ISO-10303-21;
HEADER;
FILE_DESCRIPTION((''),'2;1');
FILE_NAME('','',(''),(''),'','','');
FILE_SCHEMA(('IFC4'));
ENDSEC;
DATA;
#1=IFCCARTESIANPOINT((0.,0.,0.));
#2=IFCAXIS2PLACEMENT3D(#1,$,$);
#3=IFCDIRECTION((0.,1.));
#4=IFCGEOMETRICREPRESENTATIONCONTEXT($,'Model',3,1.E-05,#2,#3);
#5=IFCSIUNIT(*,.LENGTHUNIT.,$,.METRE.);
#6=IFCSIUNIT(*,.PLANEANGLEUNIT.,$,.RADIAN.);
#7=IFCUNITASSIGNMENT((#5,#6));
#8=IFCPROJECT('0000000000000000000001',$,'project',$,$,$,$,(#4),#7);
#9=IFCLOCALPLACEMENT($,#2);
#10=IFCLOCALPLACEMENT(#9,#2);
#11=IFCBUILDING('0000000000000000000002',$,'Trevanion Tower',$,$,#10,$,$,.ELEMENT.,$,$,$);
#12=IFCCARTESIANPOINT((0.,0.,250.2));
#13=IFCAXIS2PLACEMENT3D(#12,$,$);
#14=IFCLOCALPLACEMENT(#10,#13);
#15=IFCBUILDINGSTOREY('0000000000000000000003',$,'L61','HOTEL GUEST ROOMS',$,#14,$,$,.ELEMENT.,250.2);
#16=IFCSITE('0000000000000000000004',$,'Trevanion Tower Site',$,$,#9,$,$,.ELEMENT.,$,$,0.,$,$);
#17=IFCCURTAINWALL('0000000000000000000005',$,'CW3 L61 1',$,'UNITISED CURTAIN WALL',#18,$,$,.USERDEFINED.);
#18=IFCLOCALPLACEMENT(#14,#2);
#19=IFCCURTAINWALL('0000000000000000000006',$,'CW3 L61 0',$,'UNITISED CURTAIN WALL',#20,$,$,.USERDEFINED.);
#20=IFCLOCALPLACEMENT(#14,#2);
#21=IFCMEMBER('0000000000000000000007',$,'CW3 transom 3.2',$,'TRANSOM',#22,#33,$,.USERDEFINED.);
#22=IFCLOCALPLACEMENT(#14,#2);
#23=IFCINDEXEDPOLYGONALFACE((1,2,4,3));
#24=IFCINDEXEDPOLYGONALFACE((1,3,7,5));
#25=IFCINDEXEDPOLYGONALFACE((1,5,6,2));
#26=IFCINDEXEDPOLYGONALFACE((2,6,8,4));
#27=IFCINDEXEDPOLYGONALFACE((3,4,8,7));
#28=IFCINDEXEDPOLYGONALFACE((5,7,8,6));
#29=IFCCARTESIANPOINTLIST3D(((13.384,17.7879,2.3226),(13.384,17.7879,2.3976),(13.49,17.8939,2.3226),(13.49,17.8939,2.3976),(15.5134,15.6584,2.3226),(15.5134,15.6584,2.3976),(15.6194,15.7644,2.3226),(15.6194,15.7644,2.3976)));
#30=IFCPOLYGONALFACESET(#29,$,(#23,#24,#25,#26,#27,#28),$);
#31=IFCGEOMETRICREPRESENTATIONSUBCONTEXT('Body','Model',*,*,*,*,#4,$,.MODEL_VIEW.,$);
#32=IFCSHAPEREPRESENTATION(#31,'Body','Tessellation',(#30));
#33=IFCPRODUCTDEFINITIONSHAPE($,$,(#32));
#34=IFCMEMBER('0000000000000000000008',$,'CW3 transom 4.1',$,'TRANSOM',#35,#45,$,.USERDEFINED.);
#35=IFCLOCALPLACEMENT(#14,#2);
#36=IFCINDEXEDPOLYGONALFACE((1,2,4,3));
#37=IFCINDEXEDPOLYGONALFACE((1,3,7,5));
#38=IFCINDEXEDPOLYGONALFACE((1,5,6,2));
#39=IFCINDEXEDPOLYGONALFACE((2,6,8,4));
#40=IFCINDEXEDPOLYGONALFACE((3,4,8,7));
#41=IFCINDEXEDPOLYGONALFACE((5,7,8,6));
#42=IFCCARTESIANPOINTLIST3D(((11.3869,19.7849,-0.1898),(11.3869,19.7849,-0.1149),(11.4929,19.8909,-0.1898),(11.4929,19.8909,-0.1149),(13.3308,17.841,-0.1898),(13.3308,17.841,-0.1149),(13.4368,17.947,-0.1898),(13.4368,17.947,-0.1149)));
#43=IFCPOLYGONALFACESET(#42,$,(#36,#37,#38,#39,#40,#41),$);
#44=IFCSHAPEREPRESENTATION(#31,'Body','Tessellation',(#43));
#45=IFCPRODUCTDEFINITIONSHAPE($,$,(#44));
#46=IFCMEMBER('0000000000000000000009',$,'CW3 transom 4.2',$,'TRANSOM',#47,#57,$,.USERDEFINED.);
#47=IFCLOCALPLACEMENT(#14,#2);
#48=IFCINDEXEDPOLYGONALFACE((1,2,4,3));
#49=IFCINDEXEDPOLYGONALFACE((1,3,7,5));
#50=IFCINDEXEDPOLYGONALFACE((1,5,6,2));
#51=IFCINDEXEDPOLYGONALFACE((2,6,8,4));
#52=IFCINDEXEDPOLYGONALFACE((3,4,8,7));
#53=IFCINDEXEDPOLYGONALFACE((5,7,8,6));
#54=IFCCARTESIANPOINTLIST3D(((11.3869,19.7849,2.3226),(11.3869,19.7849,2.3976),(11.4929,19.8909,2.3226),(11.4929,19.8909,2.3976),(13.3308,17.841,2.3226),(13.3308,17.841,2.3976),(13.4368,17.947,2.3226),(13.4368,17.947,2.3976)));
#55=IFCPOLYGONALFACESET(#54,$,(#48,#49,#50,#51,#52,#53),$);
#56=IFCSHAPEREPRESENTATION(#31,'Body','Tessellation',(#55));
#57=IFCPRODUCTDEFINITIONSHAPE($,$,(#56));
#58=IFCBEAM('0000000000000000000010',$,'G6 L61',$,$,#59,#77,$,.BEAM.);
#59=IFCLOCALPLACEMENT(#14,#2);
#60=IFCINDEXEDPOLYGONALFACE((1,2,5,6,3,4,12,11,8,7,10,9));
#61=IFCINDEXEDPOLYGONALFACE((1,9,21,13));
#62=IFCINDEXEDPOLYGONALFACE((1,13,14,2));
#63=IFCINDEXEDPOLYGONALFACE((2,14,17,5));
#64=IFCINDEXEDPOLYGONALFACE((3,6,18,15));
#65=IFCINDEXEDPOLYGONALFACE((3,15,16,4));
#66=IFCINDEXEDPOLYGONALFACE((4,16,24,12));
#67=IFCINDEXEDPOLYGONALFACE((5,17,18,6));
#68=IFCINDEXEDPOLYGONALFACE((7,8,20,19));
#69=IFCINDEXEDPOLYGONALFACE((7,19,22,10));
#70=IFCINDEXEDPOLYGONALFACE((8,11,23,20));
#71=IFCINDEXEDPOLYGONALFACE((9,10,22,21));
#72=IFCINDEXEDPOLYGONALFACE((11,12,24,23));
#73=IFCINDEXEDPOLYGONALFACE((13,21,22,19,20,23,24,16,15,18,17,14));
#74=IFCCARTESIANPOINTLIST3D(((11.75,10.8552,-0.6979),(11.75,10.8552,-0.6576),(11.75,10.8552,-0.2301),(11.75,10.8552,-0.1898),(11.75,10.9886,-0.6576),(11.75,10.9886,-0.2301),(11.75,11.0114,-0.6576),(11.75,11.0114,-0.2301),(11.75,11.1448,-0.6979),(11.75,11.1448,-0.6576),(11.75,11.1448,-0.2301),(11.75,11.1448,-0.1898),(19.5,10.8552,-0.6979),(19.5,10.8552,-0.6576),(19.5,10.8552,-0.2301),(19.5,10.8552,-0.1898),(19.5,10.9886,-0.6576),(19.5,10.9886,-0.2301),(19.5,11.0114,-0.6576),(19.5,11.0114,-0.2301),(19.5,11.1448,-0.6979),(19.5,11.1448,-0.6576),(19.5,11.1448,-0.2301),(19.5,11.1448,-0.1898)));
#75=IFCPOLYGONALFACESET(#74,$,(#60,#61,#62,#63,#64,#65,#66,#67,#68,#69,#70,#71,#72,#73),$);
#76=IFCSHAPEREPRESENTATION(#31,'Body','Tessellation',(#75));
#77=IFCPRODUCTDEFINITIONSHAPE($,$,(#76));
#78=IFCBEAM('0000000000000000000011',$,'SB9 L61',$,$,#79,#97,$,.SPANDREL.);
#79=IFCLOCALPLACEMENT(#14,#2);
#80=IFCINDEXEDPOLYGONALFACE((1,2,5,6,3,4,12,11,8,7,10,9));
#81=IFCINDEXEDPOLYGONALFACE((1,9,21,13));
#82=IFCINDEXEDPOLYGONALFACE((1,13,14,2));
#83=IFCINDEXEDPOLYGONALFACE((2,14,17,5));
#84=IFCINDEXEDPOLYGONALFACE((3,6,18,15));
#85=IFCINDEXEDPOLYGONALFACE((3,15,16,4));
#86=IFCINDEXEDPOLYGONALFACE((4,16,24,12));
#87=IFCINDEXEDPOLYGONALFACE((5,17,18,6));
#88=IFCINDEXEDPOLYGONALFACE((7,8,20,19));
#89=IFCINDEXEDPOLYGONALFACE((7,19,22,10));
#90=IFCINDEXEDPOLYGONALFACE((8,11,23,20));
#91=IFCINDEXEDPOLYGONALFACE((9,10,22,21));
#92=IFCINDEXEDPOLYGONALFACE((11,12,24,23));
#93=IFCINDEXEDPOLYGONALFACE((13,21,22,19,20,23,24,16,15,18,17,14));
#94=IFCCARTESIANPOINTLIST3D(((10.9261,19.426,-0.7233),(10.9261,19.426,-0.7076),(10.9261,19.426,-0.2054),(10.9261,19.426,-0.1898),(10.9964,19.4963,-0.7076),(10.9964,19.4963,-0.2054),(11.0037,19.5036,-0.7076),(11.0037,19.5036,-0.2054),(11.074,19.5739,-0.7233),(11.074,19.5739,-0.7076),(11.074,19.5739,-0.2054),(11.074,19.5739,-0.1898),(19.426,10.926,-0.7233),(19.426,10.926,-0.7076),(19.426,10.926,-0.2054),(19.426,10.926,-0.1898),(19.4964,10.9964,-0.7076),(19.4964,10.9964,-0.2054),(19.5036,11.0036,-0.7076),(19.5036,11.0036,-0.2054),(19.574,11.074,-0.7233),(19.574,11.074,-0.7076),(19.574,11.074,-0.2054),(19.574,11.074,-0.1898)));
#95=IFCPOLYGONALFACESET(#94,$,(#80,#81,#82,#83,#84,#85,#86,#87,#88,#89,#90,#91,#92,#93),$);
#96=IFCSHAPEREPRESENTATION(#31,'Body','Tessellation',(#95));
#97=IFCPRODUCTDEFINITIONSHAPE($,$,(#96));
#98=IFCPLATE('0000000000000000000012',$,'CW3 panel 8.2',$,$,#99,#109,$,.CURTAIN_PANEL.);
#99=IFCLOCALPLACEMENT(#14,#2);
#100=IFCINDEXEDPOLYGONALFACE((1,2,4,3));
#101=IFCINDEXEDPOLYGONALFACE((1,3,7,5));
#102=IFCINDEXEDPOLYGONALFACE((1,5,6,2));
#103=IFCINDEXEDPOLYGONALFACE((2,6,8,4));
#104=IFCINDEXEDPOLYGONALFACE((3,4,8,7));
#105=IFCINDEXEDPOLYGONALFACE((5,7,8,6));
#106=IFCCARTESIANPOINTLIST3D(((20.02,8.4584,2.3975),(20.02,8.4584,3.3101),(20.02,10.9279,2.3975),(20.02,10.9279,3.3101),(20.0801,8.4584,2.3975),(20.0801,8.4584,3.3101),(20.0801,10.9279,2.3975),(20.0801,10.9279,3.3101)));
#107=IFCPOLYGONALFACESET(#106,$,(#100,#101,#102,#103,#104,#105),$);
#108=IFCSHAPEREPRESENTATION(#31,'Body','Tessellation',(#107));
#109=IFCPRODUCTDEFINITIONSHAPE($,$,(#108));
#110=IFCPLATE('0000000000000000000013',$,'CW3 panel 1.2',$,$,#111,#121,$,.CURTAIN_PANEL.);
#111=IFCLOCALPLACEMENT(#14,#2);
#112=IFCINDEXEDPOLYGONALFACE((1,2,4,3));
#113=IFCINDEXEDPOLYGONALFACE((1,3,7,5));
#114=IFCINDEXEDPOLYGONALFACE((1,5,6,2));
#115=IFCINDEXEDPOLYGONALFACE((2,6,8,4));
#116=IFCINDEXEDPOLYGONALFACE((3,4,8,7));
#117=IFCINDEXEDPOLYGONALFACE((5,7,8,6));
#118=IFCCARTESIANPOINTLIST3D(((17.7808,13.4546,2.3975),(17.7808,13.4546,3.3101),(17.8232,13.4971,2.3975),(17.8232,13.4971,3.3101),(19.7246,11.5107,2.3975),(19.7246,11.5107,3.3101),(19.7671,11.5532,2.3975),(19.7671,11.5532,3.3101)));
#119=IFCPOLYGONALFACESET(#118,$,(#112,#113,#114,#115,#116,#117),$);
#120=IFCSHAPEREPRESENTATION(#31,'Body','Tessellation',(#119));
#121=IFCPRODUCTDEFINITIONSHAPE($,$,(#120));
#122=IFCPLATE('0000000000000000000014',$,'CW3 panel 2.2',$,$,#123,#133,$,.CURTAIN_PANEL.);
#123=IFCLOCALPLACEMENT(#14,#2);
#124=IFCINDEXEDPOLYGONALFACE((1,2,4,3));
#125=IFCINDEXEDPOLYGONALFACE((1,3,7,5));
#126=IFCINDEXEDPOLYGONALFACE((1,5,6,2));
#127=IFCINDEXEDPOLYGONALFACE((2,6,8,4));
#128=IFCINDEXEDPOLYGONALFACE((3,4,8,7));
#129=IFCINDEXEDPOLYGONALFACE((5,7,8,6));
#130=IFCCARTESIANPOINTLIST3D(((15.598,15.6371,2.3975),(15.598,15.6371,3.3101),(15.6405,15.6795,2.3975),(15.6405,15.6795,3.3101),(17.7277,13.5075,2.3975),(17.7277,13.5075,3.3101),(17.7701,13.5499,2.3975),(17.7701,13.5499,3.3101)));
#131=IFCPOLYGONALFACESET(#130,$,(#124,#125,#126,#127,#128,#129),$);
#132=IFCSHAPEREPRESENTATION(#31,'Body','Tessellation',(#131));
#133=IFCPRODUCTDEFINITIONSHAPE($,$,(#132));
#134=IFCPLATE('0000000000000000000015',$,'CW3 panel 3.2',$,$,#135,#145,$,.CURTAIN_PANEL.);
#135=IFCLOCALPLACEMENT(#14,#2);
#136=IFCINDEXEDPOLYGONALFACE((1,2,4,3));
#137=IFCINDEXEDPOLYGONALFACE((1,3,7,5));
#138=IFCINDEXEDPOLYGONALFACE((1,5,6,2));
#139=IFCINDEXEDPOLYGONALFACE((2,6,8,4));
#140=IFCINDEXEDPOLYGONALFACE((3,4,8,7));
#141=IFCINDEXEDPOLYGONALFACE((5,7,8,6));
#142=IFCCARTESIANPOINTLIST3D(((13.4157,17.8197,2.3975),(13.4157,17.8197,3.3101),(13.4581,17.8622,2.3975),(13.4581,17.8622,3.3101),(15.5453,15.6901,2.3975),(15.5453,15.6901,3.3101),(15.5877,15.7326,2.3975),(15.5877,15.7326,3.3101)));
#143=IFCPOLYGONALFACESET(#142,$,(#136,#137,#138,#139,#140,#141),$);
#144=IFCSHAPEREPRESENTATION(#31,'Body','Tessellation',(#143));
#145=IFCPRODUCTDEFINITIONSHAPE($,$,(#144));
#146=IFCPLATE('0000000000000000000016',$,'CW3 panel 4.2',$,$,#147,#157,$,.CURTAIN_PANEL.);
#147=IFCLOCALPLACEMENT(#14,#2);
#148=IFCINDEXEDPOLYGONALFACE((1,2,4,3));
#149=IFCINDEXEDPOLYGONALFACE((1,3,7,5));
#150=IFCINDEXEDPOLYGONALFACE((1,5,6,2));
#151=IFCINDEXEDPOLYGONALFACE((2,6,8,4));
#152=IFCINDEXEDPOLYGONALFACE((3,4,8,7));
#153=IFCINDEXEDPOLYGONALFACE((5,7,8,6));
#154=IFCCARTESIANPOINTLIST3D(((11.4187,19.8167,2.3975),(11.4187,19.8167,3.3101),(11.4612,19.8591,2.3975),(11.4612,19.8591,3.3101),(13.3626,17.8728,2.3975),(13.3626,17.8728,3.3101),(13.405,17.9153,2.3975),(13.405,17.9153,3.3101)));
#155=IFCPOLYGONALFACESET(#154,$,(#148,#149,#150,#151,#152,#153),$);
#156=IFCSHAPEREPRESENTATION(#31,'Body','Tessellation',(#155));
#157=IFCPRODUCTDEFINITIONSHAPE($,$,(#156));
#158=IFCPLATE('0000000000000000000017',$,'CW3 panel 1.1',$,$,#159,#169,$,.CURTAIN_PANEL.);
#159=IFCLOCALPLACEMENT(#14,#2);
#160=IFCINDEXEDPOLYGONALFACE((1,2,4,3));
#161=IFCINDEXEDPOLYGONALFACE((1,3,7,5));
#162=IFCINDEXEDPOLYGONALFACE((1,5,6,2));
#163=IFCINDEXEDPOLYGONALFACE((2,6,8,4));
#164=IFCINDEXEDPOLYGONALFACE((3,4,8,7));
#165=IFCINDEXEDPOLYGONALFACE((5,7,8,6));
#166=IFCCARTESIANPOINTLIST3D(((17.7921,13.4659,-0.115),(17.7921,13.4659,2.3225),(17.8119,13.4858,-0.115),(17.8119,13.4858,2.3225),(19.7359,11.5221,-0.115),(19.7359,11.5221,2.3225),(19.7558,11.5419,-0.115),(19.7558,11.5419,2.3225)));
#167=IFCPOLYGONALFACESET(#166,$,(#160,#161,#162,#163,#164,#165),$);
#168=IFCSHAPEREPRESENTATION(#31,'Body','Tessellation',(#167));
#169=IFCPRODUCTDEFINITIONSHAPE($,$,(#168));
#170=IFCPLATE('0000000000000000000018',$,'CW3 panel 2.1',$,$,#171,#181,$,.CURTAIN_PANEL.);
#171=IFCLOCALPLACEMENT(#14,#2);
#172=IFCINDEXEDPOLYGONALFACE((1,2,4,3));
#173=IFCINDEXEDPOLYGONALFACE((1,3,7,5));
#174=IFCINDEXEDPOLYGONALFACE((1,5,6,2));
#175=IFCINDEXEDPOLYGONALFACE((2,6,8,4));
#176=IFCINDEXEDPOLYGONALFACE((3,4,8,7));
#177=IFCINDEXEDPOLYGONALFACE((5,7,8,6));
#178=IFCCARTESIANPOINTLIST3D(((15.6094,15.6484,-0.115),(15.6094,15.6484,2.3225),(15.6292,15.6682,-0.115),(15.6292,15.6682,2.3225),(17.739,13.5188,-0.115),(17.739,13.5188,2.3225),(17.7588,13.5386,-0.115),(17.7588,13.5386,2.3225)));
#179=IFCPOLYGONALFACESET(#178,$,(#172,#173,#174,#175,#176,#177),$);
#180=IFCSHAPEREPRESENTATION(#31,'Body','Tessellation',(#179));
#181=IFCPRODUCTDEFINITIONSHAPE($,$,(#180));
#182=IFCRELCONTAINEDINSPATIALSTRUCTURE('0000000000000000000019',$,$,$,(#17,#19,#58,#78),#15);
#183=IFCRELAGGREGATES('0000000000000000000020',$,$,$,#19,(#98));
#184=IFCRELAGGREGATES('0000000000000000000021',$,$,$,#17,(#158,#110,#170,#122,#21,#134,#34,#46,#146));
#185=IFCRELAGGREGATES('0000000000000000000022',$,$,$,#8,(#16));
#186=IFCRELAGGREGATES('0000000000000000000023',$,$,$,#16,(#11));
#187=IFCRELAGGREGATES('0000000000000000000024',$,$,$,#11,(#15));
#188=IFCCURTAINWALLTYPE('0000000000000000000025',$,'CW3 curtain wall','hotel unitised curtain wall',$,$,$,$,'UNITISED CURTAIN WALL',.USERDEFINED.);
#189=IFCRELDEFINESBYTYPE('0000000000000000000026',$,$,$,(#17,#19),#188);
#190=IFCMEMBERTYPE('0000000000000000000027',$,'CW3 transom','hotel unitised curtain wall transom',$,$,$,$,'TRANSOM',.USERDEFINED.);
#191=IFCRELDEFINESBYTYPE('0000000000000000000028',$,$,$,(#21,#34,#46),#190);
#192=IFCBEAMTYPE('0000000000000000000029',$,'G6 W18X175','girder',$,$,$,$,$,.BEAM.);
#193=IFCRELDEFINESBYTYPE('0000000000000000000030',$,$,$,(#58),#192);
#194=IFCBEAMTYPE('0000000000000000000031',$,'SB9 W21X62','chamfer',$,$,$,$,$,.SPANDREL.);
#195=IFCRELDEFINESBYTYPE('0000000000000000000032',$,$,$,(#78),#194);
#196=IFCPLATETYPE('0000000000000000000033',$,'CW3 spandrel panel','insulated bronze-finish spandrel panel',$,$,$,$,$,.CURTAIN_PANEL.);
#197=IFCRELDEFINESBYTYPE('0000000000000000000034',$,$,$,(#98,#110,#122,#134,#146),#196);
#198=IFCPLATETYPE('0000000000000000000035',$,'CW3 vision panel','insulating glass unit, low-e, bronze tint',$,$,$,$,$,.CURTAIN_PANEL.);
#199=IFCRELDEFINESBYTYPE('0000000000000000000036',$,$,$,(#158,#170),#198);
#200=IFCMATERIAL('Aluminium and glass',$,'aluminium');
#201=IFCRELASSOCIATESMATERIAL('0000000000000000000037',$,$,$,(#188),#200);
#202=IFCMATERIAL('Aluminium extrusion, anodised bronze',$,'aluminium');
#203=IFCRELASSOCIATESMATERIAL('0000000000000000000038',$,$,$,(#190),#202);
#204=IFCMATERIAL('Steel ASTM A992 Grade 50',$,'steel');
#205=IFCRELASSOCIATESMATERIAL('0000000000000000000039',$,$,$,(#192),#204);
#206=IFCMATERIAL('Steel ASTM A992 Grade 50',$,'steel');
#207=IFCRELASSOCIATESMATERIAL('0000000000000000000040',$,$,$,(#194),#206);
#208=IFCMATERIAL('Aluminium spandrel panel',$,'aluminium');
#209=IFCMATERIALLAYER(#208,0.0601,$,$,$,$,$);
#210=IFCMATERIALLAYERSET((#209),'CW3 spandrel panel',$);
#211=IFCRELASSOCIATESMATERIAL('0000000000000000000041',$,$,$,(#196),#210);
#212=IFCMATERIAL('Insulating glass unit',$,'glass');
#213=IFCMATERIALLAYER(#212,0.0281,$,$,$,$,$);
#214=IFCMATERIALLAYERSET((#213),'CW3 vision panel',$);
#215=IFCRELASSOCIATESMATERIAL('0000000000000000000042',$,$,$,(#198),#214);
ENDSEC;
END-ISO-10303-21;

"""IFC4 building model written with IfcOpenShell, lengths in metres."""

from ifc_helpers import new_model, si_unit, direction, frame, origin, origin_2d, place, context, subcontext, project, spatial, rectangle, i_section, extrude, material, layer, layer_set, material_profile, profile_set, type_object, element, aggregate, save


model = new_model("IFC4")

# Units and contexts
model_context = context("Model", 3, precision=1e-05, world=origin(), true_north=direction((0.0, 1.0)))
body_context = subcontext(model_context, "Body", "Model", "MODEL_VIEW")
ifc_project = project(units=[si_unit("LENGTHUNIT", "METRE"), si_unit("PLANEANGLEUNIT", "RADIAN")], contexts=[model_context])

# Site, building, storey
site_placement = place(None, origin())
site = spatial("IfcSite", under=ifc_project, at=site_placement, Name="Trevanion Tower Site", CompositionType="ELEMENT", RefElevation=0.0)
building_placement = place(site_placement, origin())
building = spatial("IfcBuilding", under=site, at=building_placement, Name="Trevanion Tower", CompositionType="ELEMENT")
storey_placement = place(building_placement, frame((0.0, 0.0, 250.2)))
storey = spatial("IfcBuildingStorey", under=building, at=storey_placement, Name="L61", Description="HOTEL GUEST ROOMS", CompositionType="ELEMENT", Elevation=250.2)

# Curtain wall
ifc_material_1 = material(Name="Aluminium and glass", Category="aluminium")
curtain_wall_type = type_object("IfcCurtainWallType", Name="CW3 curtain wall", Description="hotel unitised curtain wall", ElementType="UNITISED CURTAIN WALL", PredefinedType="USERDEFINED", material=ifc_material_1)
curtain_wall_1_placement = place(storey_placement, origin())
curtain_wall_1 = element("IfcCurtainWall", 1, at=curtain_wall_1_placement, inside=storey, type_object=curtain_wall_type, Name="CW3 L61 1", ObjectType="UNITISED CURTAIN WALL", PredefinedType="USERDEFINED")

# Curtain wall
curtain_wall_2_placement = place(storey_placement, origin())
curtain_wall_2 = element("IfcCurtainWall", 2, at=curtain_wall_2_placement, inside=storey, type_object=curtain_wall_type, Name="CW3 L61 0", ObjectType="UNITISED CURTAIN WALL", PredefinedType="USERDEFINED")

# Members
ifc_material_2 = material(Name="Aluminium extrusion, anodised bronze", Category="aluminium")
ifc_material_profile_1 = material_profile(ifc_material_2, rectangle(XDim=0.1499, YDim=0.075, at=origin_2d()), Name="CW3 transom")
ifc_profile_set_1 = profile_set([ifc_material_profile_1], Name="Aluminium extrusion, anodised bronze")
member_type_1 = type_object("IfcMemberType", Name="CW3 transom", Description="hotel unitised curtain wall transom", ElementType="TRANSOM", PredefinedType="USERDEFINED", material=ifc_profile_set_1)
member_1_placement = place(storey_placement, frame((15.5664, 15.7114, 2.3601), z_axis=(-0.707107, 0.707107, 0.0), x_axis=(-0.707107, -0.707107, 0.0)))
member_1 = element("IfcMember", 3, at=member_1_placement, type_object=member_type_1, Name="CW3 transom 3.2", ObjectType="TRANSOM", PredefinedType="USERDEFINED", context=body_context, shape_type="SweptSolid", body=[
    extrude(rectangle(XDim=0.1499, YDim=0.075, at=origin_2d()), origin(), (0.0, 0.0, 1.0), 3.0115),
])
member_2_placement = place(storey_placement, frame((13.3838, 17.894, -0.1523), z_axis=(-0.707107, 0.707107, 0.0), x_axis=(-0.707107, -0.707107, 0.0)))
member_2 = element("IfcMember", 4, at=member_2_placement, type_object=member_type_1, Name="CW3 transom 4.1", ObjectType="TRANSOM", PredefinedType="USERDEFINED", context=body_context, shape_type="SweptSolid", body=[
    extrude(rectangle(XDim=0.1499, YDim=0.075, at=origin_2d()), origin(), (0.0, 0.0, 1.0), 2.749),
])
member_3_placement = place(storey_placement, frame((13.3838, 17.894, 2.3601), z_axis=(-0.707107, 0.707107, 0.0), x_axis=(-0.707107, -0.707107, 0.0)))
member_3 = element("IfcMember", 5, at=member_3_placement, type_object=member_type_1, Name="CW3 transom 4.2", ObjectType="TRANSOM", PredefinedType="USERDEFINED", context=body_context, shape_type="SweptSolid", body=[
    extrude(rectangle(XDim=0.1499, YDim=0.075, at=origin_2d()), origin(), (0.0, 0.0, 1.0), 2.749),
])

# Beams
ifc_material_3 = material(Name="Steel ASTM A992 Grade 50", Category="steel")
ifc_material_profile_2 = material_profile(ifc_material_3, i_section(OverallWidth=0.2896, OverallDepth=0.5081, WebThickness=0.0227, FlangeThickness=0.0403, at=origin_2d()), Name="W18X175")
ifc_profile_set_2 = profile_set([ifc_material_profile_2], Name="Steel ASTM A992 Grade 50")
beam_type_1 = type_object("IfcBeamType", Name="G6 W18X175", Description="girder", PredefinedType="BEAM", material=ifc_profile_set_2)
beam_1_placement = place(storey_placement, frame((11.75, 11.0, -0.4438), z_axis=(1.0, 0.0, 0.0), x_axis=(0.0, 1.0, 0.0)))
element("IfcBeam", 6, at=beam_1_placement, inside=storey, type_object=beam_type_1, Name="G6 L61", PredefinedType="BEAM", context=body_context, shape_type="SweptSolid", body=[
    extrude(i_section(OverallWidth=0.2896, OverallDepth=0.5081, WebThickness=0.0227, FlangeThickness=0.0403, at=origin_2d()), origin(), (0.0, 0.0, 1.0), 7.75),
])
ifc_material_4 = material(Name="Steel ASTM A992 Grade 50", Category="steel")
ifc_material_profile_3 = material_profile(ifc_material_4, i_section(OverallWidth=0.2092, OverallDepth=0.5334, WebThickness=0.0103, FlangeThickness=0.0156, at=origin_2d()), Name="W21X62")
ifc_profile_set_3 = profile_set([ifc_material_profile_3], Name="Steel ASTM A992 Grade 50")
beam_type_2 = type_object("IfcBeamType", Name="SB9 W21X62", Description="chamfer", PredefinedType="SPANDREL", material=ifc_profile_set_3)
beam_2_placement = place(storey_placement, frame((19.5, 11.0, -0.4565), z_axis=(-0.707107, 0.707107, 0.0), x_axis=(-0.707107, -0.707107, 0.0)))
element("IfcBeam", 7, at=beam_2_placement, inside=storey, type_object=beam_type_2, Name="SB9 L61", PredefinedType="SPANDREL", context=body_context, shape_type="SweptSolid", body=[
    extrude(i_section(OverallWidth=0.2092, OverallDepth=0.5334, WebThickness=0.0103, FlangeThickness=0.0156, at=origin_2d()), origin(), (0.0, 0.0, 1.0), 12.0208),
])

# Plates
ifc_material_5 = material(Name="Aluminium spandrel panel", Category="aluminium")
ifc_layer_1 = layer(ifc_material_5, 0.0601)
ifc_layer_set_1 = layer_set([ifc_layer_1], Name="CW3 spandrel panel")
plate_type_1 = type_object("IfcPlateType", Name="CW3 spandrel panel", Description="insulated bronze-finish spandrel panel", PredefinedType="CURTAIN_PANEL", material=ifc_layer_set_1)
plate_1_placement = place(storey_placement, frame((20.05, 9.6931, 2.3975), z_axis=(0.0, 0.0, 1.0), x_axis=(0.0, 1.0, 0.0)))
plate_1 = element("IfcPlate", 8, at=plate_1_placement, type_object=plate_type_1, Name="CW3 panel 8.2", PredefinedType="CURTAIN_PANEL", context=body_context, shape_type="SweptSolid", body=[
    extrude(rectangle(XDim=2.4695, YDim=0.0601, at=origin_2d()), origin(), (0.0, 0.0, 1.0), 0.9126),
])
aggregate(curtain_wall_2, [plate_1])
plate_2_placement = place(storey_placement, frame((18.7739, 12.5039, 2.3975), z_axis=(0.0, 0.0, 1.0), x_axis=(-0.707107, 0.707107, 0.0)))
plate_2 = element("IfcPlate", 9, at=plate_2_placement, type_object=plate_type_1, Name="CW3 panel 1.2", PredefinedType="CURTAIN_PANEL", context=body_context, shape_type="SweptSolid", body=[
    extrude(rectangle(XDim=2.749, YDim=0.0601, at=origin_2d()), origin(), (0.0, 0.0, 1.0), 0.9126),
])
plate_3_placement = place(storey_placement, frame((16.6841, 14.5935, 2.3975), z_axis=(0.0, 0.0, 1.0), x_axis=(-0.707107, 0.707107, 0.0)))
plate_3 = element("IfcPlate", 10, at=plate_3_placement, type_object=plate_type_1, Name="CW3 panel 2.2", PredefinedType="CURTAIN_PANEL", context=body_context, shape_type="SweptSolid", body=[
    extrude(rectangle(XDim=3.0117, YDim=0.0601, at=origin_2d()), origin(), (0.0, 0.0, 1.0), 0.9126),
])
plate_4_placement = place(storey_placement, frame((14.5017, 16.7761, 2.3975), z_axis=(0.0, 0.0, 1.0), x_axis=(-0.707107, 0.707107, 0.0)))
plate_4 = element("IfcPlate", 11, at=plate_4_placement, type_object=plate_type_1, Name="CW3 panel 3.2", PredefinedType="CURTAIN_PANEL", context=body_context, shape_type="SweptSolid", body=[
    extrude(rectangle(XDim=3.0117, YDim=0.0601, at=origin_2d()), origin(), (0.0, 0.0, 1.0), 0.9126),
])
plate_5_placement = place(storey_placement, frame((12.4119, 18.866, 2.3975), z_axis=(0.0, 0.0, 1.0), x_axis=(-0.707107, 0.707107, 0.0)))
plate_5 = element("IfcPlate", 12, at=plate_5_placement, type_object=plate_type_1, Name="CW3 panel 4.2", PredefinedType="CURTAIN_PANEL", context=body_context, shape_type="SweptSolid", body=[
    extrude(rectangle(XDim=2.749, YDim=0.0601, at=origin_2d()), origin(), (0.0, 0.0, 1.0), 0.9126),
])
ifc_material_6 = material(Name="Insulating glass unit", Category="glass")
ifc_layer_2 = layer(ifc_material_6, 0.0281)
ifc_layer_set_2 = layer_set([ifc_layer_2], Name="CW3 vision panel")
plate_type_2 = type_object("IfcPlateType", Name="CW3 vision panel", Description="insulating glass unit, low-e, bronze tint", PredefinedType="CURTAIN_PANEL", material=ifc_layer_set_2)
plate_6_placement = place(storey_placement, frame((18.7739, 12.5039, -0.115), z_axis=(0.0, 0.0, 1.0), x_axis=(-0.707107, 0.707107, 0.0)))
plate_6 = element("IfcPlate", 13, at=plate_6_placement, type_object=plate_type_2, Name="CW3 panel 1.1", PredefinedType="CURTAIN_PANEL", context=body_context, shape_type="SweptSolid", body=[
    extrude(rectangle(XDim=2.749, YDim=0.0281, at=origin_2d()), origin(), (0.0, 0.0, 1.0), 2.4375),
])
plate_7_placement = place(storey_placement, frame((16.6841, 14.5935, -0.115), z_axis=(0.0, 0.0, 1.0), x_axis=(-0.707107, 0.707107, 0.0)))
plate_7 = element("IfcPlate", 14, at=plate_7_placement, type_object=plate_type_2, Name="CW3 panel 2.1", PredefinedType="CURTAIN_PANEL", context=body_context, shape_type="SweptSolid", body=[
    extrude(rectangle(XDim=3.0117, YDim=0.0281, at=origin_2d()), origin(), (0.0, 0.0, 1.0), 2.4375),
])
aggregate(curtain_wall_1, [plate_6, plate_2, plate_7, plate_3, member_1, plate_4, member_2, member_3, plate_5])

save(model, "model.ifc")
